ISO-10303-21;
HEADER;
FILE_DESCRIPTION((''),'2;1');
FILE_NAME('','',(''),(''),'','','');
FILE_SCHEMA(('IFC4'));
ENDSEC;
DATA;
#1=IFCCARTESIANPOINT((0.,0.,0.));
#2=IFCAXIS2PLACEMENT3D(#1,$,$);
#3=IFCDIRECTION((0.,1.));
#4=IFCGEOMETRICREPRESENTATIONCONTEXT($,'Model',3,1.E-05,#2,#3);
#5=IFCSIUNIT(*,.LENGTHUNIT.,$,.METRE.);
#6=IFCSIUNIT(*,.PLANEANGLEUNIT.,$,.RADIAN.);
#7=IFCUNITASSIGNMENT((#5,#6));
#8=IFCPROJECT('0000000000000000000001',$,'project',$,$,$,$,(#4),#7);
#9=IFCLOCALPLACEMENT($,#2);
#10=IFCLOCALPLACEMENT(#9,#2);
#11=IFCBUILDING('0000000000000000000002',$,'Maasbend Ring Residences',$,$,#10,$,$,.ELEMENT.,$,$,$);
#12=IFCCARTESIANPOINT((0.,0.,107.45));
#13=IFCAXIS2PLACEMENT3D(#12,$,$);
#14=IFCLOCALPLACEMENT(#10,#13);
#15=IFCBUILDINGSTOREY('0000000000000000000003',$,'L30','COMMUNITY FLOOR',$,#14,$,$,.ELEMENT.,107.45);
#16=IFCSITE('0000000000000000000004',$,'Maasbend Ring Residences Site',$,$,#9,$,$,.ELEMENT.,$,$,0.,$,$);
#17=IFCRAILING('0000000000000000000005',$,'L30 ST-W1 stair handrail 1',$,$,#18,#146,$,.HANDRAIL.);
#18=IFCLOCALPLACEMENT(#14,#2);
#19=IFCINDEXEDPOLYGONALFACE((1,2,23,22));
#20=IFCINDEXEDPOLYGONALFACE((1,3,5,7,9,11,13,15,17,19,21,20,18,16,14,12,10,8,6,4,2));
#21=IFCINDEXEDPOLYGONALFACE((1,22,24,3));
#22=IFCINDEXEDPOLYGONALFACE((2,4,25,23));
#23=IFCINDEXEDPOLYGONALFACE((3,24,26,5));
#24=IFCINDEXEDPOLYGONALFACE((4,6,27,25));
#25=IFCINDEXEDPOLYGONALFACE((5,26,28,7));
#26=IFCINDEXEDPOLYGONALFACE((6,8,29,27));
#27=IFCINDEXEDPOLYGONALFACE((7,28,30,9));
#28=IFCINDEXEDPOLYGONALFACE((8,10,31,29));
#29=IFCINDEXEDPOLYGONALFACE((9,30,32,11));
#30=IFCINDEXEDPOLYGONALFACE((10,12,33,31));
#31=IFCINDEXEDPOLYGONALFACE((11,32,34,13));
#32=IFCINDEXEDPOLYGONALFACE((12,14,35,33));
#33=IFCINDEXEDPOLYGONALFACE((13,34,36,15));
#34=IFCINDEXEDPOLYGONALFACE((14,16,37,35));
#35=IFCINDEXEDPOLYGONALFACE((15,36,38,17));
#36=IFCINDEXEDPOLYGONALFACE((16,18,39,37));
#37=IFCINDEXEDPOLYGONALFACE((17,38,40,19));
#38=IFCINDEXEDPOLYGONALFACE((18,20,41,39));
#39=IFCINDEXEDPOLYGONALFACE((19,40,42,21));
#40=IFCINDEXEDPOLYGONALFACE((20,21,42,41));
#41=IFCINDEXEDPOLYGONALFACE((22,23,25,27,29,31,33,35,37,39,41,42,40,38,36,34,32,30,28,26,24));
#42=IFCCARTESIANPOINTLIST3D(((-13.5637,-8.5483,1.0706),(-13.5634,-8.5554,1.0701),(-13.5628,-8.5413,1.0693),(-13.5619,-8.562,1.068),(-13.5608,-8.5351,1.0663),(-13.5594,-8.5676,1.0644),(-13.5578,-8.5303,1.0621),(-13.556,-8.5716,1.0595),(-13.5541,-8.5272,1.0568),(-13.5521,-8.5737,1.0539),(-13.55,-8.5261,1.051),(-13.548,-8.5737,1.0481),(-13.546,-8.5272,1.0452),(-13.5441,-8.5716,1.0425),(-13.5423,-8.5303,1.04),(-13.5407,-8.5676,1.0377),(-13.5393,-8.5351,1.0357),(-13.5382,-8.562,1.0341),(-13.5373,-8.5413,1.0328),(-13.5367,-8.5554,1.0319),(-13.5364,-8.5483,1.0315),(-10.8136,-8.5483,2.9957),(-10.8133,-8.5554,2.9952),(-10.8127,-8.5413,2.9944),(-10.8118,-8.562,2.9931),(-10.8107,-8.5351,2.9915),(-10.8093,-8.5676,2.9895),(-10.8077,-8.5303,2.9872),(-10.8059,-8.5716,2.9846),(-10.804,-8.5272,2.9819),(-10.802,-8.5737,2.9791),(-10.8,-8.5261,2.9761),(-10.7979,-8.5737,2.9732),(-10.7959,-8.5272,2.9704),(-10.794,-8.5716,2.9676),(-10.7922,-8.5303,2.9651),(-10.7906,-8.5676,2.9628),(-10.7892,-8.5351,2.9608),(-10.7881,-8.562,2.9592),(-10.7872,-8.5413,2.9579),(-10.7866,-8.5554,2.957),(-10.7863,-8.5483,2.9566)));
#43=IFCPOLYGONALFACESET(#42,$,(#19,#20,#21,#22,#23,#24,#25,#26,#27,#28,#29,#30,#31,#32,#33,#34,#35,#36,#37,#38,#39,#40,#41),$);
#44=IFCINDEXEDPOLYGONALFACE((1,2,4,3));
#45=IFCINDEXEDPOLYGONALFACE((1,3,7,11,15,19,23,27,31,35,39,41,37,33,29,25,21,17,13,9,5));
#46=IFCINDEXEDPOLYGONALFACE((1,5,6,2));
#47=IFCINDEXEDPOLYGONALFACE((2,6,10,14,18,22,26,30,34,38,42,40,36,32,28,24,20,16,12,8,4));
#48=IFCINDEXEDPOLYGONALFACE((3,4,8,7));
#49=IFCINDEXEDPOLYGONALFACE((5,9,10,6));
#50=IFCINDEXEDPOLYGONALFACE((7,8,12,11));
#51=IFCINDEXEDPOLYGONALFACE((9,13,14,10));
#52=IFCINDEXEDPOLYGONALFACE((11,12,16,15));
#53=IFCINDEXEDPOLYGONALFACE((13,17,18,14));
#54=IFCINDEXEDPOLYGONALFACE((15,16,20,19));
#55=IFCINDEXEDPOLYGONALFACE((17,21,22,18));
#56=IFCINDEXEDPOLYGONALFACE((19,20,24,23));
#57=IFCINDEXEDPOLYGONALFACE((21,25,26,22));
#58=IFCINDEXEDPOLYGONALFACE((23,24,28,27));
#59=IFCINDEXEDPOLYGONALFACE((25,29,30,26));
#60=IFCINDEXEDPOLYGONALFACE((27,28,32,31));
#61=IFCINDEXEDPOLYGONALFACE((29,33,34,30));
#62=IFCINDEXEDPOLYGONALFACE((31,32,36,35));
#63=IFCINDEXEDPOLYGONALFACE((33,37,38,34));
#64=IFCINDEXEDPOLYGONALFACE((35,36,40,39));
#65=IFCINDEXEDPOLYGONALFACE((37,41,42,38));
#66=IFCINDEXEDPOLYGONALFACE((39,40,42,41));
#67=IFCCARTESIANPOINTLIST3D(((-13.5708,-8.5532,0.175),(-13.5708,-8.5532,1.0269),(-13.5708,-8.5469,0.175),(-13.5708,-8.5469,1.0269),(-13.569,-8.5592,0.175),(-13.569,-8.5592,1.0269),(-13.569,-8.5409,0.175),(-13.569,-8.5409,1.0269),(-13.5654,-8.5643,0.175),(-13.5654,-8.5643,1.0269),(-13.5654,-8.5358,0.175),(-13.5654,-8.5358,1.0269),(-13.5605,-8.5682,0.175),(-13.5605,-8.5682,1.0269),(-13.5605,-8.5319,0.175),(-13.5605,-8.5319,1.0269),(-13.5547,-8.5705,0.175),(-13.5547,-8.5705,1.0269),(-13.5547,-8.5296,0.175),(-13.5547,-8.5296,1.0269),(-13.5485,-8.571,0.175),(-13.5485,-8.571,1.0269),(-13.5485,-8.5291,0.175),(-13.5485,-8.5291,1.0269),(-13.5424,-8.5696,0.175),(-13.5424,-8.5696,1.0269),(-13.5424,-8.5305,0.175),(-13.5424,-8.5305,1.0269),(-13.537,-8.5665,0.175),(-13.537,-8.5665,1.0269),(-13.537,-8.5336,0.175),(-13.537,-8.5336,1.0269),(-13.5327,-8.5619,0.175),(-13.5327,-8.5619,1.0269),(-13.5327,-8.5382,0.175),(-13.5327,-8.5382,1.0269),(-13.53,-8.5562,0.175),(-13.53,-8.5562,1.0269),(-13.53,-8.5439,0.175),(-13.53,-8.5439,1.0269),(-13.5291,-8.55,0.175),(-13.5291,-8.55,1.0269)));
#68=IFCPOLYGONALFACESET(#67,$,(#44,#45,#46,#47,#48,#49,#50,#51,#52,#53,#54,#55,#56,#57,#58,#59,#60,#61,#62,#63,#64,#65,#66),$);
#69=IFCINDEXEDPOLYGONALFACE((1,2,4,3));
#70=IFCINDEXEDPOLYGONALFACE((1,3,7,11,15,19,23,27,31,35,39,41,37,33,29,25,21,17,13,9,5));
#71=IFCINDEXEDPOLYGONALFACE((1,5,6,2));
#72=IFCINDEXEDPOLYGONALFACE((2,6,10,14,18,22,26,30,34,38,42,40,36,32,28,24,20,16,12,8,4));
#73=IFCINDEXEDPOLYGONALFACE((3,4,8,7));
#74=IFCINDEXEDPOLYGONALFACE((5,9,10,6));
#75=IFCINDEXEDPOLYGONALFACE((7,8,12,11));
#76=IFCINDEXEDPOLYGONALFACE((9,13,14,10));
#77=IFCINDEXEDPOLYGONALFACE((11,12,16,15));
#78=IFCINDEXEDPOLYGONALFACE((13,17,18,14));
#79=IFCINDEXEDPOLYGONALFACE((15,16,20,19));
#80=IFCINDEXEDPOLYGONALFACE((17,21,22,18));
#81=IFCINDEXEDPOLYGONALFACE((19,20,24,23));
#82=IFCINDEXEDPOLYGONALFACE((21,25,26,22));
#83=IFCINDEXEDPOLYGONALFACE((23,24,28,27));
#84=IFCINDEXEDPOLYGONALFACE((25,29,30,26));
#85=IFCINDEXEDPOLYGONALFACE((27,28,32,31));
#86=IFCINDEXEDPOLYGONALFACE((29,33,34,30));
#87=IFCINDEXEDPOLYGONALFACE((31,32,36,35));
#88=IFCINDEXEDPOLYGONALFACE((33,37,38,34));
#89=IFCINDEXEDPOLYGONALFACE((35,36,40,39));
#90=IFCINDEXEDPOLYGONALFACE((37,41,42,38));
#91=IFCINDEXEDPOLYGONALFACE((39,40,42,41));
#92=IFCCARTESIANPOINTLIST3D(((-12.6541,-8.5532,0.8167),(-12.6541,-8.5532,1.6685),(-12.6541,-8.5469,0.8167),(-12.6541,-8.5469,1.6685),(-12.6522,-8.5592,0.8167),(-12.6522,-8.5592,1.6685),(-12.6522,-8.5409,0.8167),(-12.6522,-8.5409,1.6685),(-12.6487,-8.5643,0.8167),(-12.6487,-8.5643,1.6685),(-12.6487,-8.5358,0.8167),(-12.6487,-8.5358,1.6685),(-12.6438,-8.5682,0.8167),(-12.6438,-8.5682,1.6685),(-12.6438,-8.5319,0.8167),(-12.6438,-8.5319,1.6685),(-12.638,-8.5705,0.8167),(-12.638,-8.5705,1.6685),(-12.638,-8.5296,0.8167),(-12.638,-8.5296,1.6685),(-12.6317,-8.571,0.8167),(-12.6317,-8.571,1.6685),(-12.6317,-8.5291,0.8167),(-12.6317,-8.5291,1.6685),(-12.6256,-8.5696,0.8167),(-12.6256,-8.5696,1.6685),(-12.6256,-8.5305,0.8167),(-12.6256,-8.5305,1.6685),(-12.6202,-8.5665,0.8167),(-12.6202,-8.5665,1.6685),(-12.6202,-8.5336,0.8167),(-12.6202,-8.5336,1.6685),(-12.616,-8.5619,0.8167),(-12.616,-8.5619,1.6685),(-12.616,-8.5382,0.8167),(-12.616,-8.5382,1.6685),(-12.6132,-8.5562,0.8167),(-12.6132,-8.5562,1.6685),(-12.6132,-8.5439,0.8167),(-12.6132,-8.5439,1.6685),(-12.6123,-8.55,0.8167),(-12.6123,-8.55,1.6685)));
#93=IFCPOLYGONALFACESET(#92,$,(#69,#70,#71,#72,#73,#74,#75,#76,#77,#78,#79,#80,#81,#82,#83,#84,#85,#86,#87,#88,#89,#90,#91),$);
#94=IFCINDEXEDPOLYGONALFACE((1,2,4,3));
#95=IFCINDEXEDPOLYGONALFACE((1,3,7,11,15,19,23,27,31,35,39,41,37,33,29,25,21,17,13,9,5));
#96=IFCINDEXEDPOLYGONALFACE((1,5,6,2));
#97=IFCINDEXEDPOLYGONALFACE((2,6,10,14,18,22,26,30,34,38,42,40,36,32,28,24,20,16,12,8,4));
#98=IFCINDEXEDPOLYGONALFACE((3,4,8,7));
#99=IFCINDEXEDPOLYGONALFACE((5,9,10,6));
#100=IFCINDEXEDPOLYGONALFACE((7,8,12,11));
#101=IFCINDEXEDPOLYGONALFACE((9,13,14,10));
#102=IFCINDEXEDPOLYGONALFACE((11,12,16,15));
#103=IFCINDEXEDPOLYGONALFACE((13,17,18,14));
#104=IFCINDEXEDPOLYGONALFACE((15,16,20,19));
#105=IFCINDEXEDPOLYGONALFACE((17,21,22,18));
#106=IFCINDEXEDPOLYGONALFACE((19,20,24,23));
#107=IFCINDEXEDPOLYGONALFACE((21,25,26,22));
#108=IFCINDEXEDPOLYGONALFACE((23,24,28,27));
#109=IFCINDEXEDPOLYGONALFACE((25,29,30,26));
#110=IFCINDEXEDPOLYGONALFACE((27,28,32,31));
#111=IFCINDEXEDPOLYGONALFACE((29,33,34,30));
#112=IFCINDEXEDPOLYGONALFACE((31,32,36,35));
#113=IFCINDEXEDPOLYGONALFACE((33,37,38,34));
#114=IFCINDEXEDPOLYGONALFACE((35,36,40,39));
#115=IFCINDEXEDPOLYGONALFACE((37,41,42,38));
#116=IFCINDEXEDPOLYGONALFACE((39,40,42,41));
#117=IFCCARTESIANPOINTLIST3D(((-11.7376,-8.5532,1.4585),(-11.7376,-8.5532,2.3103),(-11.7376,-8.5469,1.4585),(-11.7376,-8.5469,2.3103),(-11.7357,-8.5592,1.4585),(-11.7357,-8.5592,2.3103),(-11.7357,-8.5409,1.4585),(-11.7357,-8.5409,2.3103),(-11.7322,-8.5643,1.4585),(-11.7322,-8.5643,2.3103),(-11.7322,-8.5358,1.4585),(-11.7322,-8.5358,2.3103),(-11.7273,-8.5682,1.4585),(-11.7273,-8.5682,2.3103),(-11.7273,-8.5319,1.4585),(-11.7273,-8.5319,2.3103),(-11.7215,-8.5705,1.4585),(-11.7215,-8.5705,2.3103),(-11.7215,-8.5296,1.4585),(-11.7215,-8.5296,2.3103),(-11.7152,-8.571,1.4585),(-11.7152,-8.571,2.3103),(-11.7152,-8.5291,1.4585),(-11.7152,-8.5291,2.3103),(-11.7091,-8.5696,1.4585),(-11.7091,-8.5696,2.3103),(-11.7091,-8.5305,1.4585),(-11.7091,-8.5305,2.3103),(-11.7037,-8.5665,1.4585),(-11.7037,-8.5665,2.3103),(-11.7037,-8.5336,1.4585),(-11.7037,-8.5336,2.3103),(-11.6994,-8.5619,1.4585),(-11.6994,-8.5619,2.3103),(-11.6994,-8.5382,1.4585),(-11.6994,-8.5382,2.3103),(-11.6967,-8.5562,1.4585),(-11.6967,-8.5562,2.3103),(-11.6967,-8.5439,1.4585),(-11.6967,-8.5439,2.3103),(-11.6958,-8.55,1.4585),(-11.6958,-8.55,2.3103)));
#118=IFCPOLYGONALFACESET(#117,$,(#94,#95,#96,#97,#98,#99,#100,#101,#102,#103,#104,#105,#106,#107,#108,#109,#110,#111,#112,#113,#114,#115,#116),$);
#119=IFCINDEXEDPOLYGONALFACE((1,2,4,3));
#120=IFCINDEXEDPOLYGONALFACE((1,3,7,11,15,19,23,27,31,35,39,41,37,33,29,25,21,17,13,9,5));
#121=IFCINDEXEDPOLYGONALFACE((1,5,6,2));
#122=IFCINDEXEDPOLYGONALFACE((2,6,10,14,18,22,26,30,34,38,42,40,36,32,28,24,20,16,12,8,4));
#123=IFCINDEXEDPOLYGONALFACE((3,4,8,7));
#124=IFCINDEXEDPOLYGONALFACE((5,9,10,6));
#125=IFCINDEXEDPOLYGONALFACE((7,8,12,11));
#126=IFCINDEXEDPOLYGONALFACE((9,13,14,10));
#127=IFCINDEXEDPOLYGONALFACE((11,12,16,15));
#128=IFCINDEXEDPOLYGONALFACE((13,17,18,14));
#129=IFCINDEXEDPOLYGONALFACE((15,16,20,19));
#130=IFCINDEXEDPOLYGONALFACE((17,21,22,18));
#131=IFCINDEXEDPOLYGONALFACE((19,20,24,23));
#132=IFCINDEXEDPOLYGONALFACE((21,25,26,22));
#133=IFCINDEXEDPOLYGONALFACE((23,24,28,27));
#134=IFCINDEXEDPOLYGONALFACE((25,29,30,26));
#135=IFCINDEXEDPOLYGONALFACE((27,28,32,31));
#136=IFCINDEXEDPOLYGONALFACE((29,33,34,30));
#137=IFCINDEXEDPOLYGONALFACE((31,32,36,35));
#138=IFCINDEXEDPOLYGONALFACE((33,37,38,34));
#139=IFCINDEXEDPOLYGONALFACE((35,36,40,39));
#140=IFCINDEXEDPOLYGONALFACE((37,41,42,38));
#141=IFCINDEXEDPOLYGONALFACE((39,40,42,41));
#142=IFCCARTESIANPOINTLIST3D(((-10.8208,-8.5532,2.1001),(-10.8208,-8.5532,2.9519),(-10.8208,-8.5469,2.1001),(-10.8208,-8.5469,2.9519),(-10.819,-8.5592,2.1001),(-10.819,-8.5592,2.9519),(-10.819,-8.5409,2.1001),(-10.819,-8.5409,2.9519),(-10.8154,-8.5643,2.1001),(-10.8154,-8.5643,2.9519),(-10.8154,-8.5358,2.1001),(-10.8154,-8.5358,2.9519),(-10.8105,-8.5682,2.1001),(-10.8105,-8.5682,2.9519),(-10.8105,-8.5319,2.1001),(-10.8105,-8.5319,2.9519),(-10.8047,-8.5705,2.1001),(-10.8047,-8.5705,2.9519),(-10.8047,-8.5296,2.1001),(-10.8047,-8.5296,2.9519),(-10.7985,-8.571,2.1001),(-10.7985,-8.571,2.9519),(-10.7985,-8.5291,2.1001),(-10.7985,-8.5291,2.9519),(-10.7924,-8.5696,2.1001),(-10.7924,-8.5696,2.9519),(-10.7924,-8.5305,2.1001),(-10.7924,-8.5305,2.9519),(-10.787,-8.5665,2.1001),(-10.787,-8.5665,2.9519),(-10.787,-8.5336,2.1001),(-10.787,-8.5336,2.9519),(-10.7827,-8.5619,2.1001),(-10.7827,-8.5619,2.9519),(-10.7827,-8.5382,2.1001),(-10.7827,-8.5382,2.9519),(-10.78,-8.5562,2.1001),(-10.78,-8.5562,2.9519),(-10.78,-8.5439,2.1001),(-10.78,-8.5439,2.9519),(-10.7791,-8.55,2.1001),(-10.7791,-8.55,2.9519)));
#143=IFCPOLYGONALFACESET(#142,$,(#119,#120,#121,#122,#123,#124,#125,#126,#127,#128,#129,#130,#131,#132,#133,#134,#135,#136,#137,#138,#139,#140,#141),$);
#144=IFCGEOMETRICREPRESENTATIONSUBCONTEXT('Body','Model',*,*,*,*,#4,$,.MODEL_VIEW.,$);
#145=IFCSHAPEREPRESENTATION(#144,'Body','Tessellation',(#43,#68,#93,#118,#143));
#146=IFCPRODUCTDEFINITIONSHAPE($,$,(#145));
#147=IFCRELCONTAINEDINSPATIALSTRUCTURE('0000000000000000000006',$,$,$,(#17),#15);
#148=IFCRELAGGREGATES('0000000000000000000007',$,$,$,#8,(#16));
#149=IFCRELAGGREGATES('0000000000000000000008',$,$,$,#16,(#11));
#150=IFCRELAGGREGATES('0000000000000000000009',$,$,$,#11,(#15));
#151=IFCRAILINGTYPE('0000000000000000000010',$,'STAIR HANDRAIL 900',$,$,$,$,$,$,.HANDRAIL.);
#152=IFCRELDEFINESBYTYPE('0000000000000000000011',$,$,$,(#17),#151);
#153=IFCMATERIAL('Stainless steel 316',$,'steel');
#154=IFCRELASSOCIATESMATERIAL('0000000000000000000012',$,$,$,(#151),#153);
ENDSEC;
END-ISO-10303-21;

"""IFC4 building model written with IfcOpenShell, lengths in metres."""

from ifc_helpers import new_model, si_unit, direction, frame, origin, origin_2d, place, context, subcontext, project, spatial, circle, extrude, material, type_object, element, save


model = new_model("IFC4")

# Units and contexts
model_context = context("Model", 3, precision=1e-05, world=origin(), true_north=direction((0.0, 1.0)))
body_context = subcontext(model_context, "Body", "Model", "MODEL_VIEW")
ifc_project = project(units=[si_unit("LENGTHUNIT", "METRE"), si_unit("PLANEANGLEUNIT", "RADIAN")], contexts=[model_context])

# Site, building, storey
site_placement = place(None, origin())
site = spatial("IfcSite", under=ifc_project, at=site_placement, Name="Maasbend Ring Residences Site", CompositionType="ELEMENT", RefElevation=0.0)
building_placement = place(site_placement, origin())
building = spatial("IfcBuilding", under=site, at=building_placement, Name="Maasbend Ring Residences", CompositionType="ELEMENT")
storey_placement = place(building_placement, frame((0.0, 0.0, 107.45)))
storey = spatial("IfcBuildingStorey", under=building, at=storey_placement, Name="L30", Description="COMMUNITY FLOOR", CompositionType="ELEMENT", Elevation=107.45)

# Railing
ifc_material_1 = material(Name="Stainless steel 316", Category="steel")
railing_type_1 = type_object("IfcRailingType", Name="STAIR HANDRAIL 900", PredefinedType="HANDRAIL", material=ifc_material_1)
railing_1_placement = place(storey_placement, frame((-13.55, -8.55, 0.175)))
element("IfcRailing", 1, at=railing_1_placement, inside=storey, type_object=railing_type_1, Name="L30 ST-W1 stair handrail 1", PredefinedType="HANDRAIL", context=body_context, shape_type="SweptSolid", body=[
    extrude(circle(Radius=0.0239, at=origin_2d()), frame((0.0, 0.0, 0.876), z_axis=(0.819225, 0.0, 0.573472), x_axis=(0.0, 1.0, 0.0)), (0.0, 0.0, 1.0), 3.3569),
    extrude(circle(Radius=0.021, at=origin_2d()), origin(), (0.0, 0.0, 1.0), 0.8518),
    extrude(circle(Radius=0.021, at=origin_2d()), frame((0.9167, 0.0, 0.6416)), (0.0, 0.0, 1.0), 0.8518),
    extrude(circle(Radius=0.021, at=origin_2d()), frame((1.8333, 0.0, 1.2834)), (0.0, 0.0, 1.0), 0.8518),
    extrude(circle(Radius=0.021, at=origin_2d()), frame((2.75, 0.0, 1.925)), (0.0, 0.0, 1.0), 0.8518),
])

save(model, "model.ifc")
